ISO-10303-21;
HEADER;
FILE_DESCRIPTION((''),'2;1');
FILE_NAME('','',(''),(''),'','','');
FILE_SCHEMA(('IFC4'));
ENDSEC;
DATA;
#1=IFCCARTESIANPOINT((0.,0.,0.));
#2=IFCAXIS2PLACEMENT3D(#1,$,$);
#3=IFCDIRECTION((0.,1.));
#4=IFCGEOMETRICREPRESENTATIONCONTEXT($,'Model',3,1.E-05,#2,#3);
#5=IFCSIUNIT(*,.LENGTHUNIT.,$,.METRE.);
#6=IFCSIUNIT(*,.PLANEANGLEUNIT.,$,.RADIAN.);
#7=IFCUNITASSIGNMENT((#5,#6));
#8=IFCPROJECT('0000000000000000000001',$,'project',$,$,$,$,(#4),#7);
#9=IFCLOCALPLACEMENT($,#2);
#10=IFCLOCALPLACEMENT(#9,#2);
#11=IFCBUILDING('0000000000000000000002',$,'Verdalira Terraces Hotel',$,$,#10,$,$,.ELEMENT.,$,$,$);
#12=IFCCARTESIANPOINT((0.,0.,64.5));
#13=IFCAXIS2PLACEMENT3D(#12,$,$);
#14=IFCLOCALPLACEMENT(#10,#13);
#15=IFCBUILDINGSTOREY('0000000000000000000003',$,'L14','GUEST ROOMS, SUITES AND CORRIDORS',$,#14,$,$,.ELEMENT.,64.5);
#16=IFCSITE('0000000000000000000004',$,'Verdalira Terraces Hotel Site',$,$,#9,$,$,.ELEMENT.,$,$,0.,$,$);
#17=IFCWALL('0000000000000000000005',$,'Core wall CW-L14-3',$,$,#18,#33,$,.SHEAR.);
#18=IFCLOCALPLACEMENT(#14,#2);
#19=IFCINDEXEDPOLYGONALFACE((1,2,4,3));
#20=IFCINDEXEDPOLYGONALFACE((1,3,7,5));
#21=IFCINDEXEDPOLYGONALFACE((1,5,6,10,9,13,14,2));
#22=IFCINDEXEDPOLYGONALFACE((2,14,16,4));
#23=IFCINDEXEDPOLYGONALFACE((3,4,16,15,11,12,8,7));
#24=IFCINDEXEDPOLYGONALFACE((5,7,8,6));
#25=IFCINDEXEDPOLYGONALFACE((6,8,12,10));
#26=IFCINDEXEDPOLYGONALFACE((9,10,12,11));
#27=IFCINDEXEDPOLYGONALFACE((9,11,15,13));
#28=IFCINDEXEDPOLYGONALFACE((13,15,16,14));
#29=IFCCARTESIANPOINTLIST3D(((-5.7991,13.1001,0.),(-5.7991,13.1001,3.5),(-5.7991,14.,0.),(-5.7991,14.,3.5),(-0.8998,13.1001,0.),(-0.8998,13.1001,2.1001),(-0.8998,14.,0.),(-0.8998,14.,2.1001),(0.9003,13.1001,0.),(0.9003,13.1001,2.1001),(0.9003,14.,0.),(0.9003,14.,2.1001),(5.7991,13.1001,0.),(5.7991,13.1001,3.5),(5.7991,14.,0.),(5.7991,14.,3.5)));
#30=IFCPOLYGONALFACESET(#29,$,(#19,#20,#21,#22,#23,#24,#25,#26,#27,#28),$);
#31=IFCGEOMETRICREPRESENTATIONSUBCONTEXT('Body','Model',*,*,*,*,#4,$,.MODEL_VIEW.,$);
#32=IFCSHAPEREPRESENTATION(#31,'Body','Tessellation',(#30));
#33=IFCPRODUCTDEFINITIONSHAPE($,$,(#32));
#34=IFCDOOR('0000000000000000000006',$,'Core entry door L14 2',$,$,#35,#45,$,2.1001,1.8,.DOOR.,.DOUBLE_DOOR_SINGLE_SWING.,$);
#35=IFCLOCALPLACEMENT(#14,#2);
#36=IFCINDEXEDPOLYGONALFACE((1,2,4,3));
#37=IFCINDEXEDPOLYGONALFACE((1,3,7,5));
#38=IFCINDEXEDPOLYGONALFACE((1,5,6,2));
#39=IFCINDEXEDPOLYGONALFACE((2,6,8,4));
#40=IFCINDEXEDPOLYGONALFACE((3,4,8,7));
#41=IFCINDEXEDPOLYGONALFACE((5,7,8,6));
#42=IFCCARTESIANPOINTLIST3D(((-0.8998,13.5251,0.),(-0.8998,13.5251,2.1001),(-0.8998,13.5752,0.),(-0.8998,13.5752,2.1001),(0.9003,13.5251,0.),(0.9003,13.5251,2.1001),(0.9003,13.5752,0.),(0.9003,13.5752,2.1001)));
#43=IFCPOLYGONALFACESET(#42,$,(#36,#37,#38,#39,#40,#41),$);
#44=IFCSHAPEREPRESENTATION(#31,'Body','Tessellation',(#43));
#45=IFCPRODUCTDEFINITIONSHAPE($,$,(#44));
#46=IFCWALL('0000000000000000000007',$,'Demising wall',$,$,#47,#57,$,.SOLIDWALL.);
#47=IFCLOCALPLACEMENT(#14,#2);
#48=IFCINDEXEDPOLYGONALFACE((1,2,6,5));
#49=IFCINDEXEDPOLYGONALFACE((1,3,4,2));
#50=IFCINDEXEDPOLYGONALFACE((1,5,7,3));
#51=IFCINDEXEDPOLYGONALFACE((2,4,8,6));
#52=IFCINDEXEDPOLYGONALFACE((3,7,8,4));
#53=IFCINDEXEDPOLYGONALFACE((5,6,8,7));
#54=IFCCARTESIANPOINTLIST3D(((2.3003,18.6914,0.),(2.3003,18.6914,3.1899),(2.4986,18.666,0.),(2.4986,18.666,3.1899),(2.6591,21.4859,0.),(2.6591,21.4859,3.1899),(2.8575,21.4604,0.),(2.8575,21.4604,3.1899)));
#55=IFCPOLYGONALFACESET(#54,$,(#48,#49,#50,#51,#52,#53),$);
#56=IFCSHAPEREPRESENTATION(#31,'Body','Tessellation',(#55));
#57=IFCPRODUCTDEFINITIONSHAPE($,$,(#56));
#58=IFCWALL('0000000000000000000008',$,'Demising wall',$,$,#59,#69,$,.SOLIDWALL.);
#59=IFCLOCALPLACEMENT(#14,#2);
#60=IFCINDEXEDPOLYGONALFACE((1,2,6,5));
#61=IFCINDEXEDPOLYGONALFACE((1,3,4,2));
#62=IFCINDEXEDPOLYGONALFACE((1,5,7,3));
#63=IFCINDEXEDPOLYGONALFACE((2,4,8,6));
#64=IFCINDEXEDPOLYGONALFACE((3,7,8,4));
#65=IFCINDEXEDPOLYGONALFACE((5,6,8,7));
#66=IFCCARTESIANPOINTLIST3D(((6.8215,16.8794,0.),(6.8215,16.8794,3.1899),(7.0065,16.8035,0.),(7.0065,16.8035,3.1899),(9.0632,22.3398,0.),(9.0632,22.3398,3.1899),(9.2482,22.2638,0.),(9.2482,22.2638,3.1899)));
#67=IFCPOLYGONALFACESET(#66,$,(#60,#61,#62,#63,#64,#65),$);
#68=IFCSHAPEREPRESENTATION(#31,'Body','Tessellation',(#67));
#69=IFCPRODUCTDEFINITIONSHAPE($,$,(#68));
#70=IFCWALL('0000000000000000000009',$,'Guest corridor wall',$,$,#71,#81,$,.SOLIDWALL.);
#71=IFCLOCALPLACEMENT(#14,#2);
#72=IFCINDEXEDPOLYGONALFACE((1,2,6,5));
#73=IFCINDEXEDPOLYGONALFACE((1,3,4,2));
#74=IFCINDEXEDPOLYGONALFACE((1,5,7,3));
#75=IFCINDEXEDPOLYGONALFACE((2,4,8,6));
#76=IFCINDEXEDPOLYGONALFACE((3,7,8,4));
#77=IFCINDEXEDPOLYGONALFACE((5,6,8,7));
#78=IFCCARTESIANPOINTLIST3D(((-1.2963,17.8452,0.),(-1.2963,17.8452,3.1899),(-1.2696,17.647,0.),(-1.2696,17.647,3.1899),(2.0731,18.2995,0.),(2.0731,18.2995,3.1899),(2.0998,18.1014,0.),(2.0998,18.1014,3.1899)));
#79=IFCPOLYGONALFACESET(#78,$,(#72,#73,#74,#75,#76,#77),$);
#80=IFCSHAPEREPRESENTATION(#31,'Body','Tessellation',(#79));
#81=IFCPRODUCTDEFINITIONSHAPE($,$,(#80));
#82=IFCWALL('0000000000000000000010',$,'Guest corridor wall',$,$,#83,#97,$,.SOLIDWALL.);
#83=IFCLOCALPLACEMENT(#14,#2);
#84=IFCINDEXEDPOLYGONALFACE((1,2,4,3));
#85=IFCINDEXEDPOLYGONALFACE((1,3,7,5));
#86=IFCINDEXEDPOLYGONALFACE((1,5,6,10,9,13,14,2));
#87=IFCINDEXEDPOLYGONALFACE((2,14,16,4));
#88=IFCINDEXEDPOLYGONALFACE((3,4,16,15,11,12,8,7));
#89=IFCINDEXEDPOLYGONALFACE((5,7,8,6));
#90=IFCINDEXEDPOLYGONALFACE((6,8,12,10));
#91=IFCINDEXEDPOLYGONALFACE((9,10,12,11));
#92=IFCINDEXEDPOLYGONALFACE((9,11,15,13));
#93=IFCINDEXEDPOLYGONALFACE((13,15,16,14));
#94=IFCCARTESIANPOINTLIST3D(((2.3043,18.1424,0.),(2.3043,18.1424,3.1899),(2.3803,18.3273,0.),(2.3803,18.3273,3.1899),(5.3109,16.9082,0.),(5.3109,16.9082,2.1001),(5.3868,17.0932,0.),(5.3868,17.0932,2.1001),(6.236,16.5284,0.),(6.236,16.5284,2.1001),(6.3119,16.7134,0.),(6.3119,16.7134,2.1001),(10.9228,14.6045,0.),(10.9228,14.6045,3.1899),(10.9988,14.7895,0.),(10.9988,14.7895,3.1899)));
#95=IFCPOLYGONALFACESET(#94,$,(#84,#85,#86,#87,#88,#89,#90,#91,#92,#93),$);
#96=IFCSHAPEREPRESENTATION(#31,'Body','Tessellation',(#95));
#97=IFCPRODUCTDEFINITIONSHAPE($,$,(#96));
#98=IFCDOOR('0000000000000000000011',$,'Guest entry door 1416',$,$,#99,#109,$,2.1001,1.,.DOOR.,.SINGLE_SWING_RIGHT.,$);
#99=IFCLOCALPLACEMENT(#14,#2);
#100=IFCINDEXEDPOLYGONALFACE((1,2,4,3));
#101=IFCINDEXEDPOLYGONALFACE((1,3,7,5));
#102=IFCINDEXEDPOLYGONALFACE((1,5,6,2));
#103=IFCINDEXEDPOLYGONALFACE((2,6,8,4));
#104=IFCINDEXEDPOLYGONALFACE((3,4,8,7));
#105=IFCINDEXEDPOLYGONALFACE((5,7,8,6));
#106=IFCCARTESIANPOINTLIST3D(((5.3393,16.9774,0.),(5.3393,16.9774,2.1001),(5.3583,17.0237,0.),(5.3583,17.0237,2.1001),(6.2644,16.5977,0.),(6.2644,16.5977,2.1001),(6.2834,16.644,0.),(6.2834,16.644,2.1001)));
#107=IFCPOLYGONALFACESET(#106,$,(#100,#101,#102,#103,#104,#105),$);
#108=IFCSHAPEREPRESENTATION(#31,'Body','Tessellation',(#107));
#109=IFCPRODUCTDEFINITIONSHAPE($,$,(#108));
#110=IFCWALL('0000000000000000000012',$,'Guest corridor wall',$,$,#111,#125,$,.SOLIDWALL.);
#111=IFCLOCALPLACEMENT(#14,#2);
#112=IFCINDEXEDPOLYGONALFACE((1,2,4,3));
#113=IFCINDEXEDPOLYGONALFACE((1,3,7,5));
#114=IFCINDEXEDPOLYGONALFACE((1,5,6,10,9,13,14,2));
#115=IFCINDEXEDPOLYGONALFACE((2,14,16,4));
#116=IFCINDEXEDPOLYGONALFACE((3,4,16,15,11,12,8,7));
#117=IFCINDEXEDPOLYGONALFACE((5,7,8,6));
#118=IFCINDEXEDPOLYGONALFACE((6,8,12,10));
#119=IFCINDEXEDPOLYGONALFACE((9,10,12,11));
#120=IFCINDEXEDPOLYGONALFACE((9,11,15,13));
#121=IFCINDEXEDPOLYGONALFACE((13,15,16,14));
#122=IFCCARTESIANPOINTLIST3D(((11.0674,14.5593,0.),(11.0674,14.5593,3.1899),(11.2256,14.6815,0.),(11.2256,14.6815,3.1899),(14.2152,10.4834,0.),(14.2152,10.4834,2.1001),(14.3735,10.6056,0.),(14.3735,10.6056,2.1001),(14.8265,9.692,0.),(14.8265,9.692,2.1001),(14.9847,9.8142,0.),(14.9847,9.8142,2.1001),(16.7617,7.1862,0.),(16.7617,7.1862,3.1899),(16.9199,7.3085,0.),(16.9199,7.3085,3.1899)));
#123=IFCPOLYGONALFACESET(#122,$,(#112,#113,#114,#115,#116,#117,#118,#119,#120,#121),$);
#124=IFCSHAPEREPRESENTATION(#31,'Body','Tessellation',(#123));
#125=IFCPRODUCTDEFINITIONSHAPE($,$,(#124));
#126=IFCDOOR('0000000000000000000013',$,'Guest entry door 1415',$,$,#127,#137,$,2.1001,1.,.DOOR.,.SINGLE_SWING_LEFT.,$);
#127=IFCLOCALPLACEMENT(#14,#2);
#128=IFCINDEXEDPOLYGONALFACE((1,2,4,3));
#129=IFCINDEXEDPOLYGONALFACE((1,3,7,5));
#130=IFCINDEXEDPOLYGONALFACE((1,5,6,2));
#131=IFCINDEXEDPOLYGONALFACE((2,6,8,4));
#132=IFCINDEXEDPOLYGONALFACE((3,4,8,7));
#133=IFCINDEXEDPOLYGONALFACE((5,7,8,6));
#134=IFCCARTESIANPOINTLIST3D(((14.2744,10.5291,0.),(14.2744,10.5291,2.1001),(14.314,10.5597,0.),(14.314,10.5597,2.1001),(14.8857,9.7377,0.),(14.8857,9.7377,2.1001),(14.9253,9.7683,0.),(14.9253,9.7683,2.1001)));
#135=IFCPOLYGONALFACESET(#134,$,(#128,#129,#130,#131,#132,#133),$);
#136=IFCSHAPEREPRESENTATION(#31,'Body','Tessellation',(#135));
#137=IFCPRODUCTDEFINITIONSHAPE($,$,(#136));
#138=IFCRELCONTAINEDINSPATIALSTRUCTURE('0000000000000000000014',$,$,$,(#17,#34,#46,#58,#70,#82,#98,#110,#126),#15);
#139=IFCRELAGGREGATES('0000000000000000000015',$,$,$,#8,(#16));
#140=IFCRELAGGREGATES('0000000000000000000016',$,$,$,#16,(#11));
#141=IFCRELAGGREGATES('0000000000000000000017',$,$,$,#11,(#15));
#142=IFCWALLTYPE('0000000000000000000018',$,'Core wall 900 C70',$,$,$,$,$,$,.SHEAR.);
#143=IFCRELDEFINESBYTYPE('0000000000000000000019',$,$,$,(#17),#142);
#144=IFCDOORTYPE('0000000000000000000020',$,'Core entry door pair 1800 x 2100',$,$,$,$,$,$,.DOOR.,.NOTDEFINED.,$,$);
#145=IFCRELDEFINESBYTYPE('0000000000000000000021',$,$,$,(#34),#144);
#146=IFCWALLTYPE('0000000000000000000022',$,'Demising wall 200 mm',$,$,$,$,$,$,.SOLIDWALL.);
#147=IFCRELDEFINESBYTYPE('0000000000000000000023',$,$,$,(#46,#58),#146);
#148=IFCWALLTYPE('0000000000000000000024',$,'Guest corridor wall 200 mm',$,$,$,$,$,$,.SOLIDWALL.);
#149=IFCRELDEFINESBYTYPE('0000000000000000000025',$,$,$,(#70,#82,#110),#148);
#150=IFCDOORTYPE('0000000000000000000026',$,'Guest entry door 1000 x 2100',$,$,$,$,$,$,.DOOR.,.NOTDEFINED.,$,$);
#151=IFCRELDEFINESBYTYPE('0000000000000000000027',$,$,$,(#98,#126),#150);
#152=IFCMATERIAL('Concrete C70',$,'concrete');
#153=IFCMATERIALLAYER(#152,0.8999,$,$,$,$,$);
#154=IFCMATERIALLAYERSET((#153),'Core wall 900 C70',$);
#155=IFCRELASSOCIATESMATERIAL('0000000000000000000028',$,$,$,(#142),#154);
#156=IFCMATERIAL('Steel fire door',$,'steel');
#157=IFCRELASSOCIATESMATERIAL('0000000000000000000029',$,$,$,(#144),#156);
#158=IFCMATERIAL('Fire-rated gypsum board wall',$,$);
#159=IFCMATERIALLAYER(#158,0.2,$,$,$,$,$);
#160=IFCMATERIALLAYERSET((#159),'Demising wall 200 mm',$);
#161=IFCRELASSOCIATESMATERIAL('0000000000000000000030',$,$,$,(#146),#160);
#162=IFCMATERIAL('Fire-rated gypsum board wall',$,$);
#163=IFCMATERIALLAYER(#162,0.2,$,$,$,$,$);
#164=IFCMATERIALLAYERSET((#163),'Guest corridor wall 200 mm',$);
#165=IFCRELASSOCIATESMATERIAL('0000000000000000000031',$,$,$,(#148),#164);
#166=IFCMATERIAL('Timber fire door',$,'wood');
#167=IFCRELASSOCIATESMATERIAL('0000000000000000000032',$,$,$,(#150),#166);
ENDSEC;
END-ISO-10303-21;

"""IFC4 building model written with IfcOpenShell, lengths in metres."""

from ifc_helpers import new_model, si_unit, direction, frame, frame_2d, origin, place, context, subcontext, project, spatial, rectangle, extrude, material, layer, layer_set, type_object, element, fill, save


model = new_model("IFC4")

# Units and contexts
model_context = context("Model", 3, precision=1e-05, world=origin(), true_north=direction((0.0, 1.0)))
body_context = subcontext(model_context, "Body", "Model", "MODEL_VIEW")
ifc_project = project(units=[si_unit("LENGTHUNIT", "METRE"), si_unit("PLANEANGLEUNIT", "RADIAN")], contexts=[model_context])

# Site, building, storey
site_placement = place(None, origin())
site = spatial("IfcSite", under=ifc_project, at=site_placement, Name="Verdalira Terraces Hotel Site", CompositionType="ELEMENT", RefElevation=0.0)
building_placement = place(site_placement, origin())
building = spatial("IfcBuilding", under=site, at=building_placement, Name="Verdalira Terraces Hotel", CompositionType="ELEMENT")
storey_placement = place(building_placement, frame((0.0, 0.0, 64.5)))
storey = spatial("IfcBuildingStorey", under=building, at=storey_placement, Name="L14", Description="GUEST ROOMS, SUITES AND CORRIDORS", CompositionType="ELEMENT", Elevation=64.5)

# Wall, opening, door
ifc_material_1 = material(Name="Concrete C70", Category="concrete")
ifc_layer_1 = layer(ifc_material_1, 0.8999)
ifc_layer_set_1 = layer_set([ifc_layer_1], Name="Core wall 900 C70")
wall_type_1 = type_object("IfcWallType", Name="Core wall 900 C70", PredefinedType="SHEAR", material=ifc_layer_set_1)
wall_1_placement = place(storey_placement, frame((5.7991, 13.55, 0.0), z_axis=(0.0, 0.0, 1.0), x_axis=(-1.0, 0.0, 0.0)))
wall_1 = element("IfcWall", 1, at=wall_1_placement, inside=storey, type_object=wall_type_1, Name="Core wall CW-L14-3", PredefinedType="SHEAR", context=body_context, shape_type="SweptSolid", body=[
    extrude(rectangle(XDim=11.5981, YDim=0.8999, at=frame_2d((5.7991, 0.0))), origin(), (0.0, 0.0, 1.0), 3.5),
])
opening_1_placement = place(wall_1_placement, frame((4.8989, 0.0, 0.0)))
opening_1 = element("IfcOpeningElement", 2, at=opening_1_placement, cuts=wall_1, PredefinedType="OPENING", context=body_context, shape_type="SweptSolid", body=[
    extrude(rectangle(XDim=1.8, YDim=2.1001, at=frame_2d((0.8999, 1.05))), frame((0.0, 0.46, 0.0), z_axis=(0.0, -1.0, 0.0), x_axis=(1.0, 0.0, 0.0)), (0.0, 0.0, 1.0), 0.9199),
])
ifc_material_2 = material(Name="Steel fire door", Category="steel")
door_type_1 = type_object("IfcDoorType", Name="Core entry door pair 1800 x 2100", OperationType="NOTDEFINED", PredefinedType="DOOR", material=ifc_material_2)
door_1_placement = place(opening_1_placement, origin())
door_1 = element("IfcDoor", 3, at=door_1_placement, inside=storey, type_object=door_type_1, Name="Core entry door L14 2", OperationType="DOUBLE_DOOR_SINGLE_SWING", OverallHeight=2.1001, OverallWidth=1.8, PredefinedType="DOOR", context=body_context, shape_type="SweptSolid", body=[
    extrude(rectangle(XDim=1.8, YDim=2.1001, at=frame_2d((0.8999, 1.05))), frame((0.0, 0.0249, 0.0), z_axis=(0.0, -1.0, 0.0), x_axis=(1.0, 0.0, 0.0)), (0.0, 0.0, 1.0), 0.05),
])
fill(opening_1, door_1)

# Walls
ifc_material_3 = material(Name="Fire-rated gypsum board wall")
ifc_layer_2 = layer(ifc_material_3, 0.2)
ifc_layer_set_2 = layer_set([ifc_layer_2], Name="Demising wall 200 mm")
wall_type_2 = type_object("IfcWallType", Name="Demising wall 200 mm", PredefinedType="SOLIDWALL", material=ifc_layer_set_2)
wall_2_placement = place(storey_placement, frame((2.7583, 21.4731, 0.0), z_axis=(0.0, 0.0, 1.0), x_axis=(-0.127383, -0.991854, 0.0)))
element("IfcWall", 4, at=wall_2_placement, inside=storey, type_object=wall_type_2, Name="Demising wall", PredefinedType="SOLIDWALL", context=body_context, shape_type="SweptSolid", body=[
    extrude(rectangle(XDim=2.8174, YDim=0.2, at=frame_2d((1.4087, 0.0))), origin(), (0.0, 0.0, 1.0), 3.1899),
])
wall_3_placement = place(storey_placement, frame((6.9141, 16.8416, 0.0), z_axis=(0.0, 0.0, 1.0), x_axis=(0.379776, 0.925078, 0.0)))
element("IfcWall", 5, at=wall_3_placement, inside=storey, type_object=wall_type_2, Name="Demising wall", PredefinedType="SOLIDWALL", context=body_context, shape_type="SweptSolid", body=[
    extrude(rectangle(XDim=5.9026, YDim=0.2, at=frame_2d((2.9512, 0.0))), origin(), (0.0, 0.0, 1.0), 3.1899),
])
ifc_material_4 = material(Name="Fire-rated gypsum board wall")
ifc_layer_3 = layer(ifc_material_4, 0.2)
ifc_layer_set_3 = layer_set([ifc_layer_3], Name="Guest corridor wall 200 mm")
wall_type_3 = type_object("IfcWallType", Name="Guest corridor wall 200 mm", PredefinedType="SOLIDWALL", material=ifc_layer_set_3)
wall_4_placement = place(storey_placement, frame((2.0864, 18.2004, 0.0), z_axis=(0.0, 0.0, 1.0), x_axis=(-0.991031, -0.133636, 0.0)))
element("IfcWall", 6, at=wall_4_placement, inside=storey, type_object=wall_type_3, Name="Guest corridor wall", PredefinedType="SOLIDWALL", context=body_context, shape_type="SweptSolid", body=[
    extrude(rectangle(XDim=3.3999, YDim=0.2, at=frame_2d((1.7, 0.0))), origin(), (0.0, 0.0, 1.0), 3.1899),
])

# Walls, openings, doors
wall_5_placement = place(storey_placement, frame((2.3423, 18.2349, 0.0), z_axis=(0.0, 0.0, 1.0), x_axis=(0.92509, -0.379748, 0.0)))
wall_5 = element("IfcWall", 7, at=wall_5_placement, inside=storey, type_object=wall_type_3, Name="Guest corridor wall", PredefinedType="SOLIDWALL", context=body_context, shape_type="SweptSolid", body=[
    extrude(rectangle(XDim=9.3164, YDim=0.2, at=frame_2d((4.6582, 0.0))), origin(), (0.0, 0.0, 1.0), 3.1899),
])
opening_2_placement = place(wall_5_placement, frame((3.25, 0.0, 0.0)))
opening_2 = element("IfcOpeningElement", 8, at=opening_2_placement, cuts=wall_5, PredefinedType="OPENING", context=body_context, shape_type="SweptSolid", body=[
    extrude(rectangle(XDim=1.0, YDim=2.1001, at=frame_2d((0.5, 1.05))), frame((0.0, 0.1099, 0.0), z_axis=(0.0, -1.0, 0.0), x_axis=(1.0, 0.0, 0.0)), (0.0, 0.0, 1.0), 0.22),
])
ifc_material_5 = material(Name="Timber fire door", Category="wood")
door_type_2 = type_object("IfcDoorType", Name="Guest entry door 1000 x 2100", OperationType="NOTDEFINED", PredefinedType="DOOR", material=ifc_material_5)
door_2_placement = place(opening_2_placement, origin())
door_2 = element("IfcDoor", 9, at=door_2_placement, inside=storey, type_object=door_type_2, Name="Guest entry door 1416", OperationType="SINGLE_SWING_RIGHT", OverallHeight=2.1001, OverallWidth=1.0, PredefinedType="DOOR", context=body_context, shape_type="SweptSolid", body=[
    extrude(rectangle(XDim=1.0, YDim=2.1001, at=frame_2d((0.5, 1.05))), frame((0.0, 0.0249, 0.0), z_axis=(0.0, -1.0, 0.0), x_axis=(1.0, 0.0, 0.0)), (0.0, 0.0, 1.0), 0.05),
])
fill(opening_2, door_2)
wall_6_placement = place(storey_placement, frame((11.1465, 14.6204, 0.0), z_axis=(0.0, 0.0, 1.0), x_axis=(0.611245, -0.791442, 0.0)))
wall_6 = element("IfcWall", 10, at=wall_6_placement, inside=storey, type_object=wall_type_3, Name="Guest corridor wall", PredefinedType="SOLIDWALL", context=body_context, shape_type="SweptSolid", body=[
    extrude(rectangle(XDim=9.3159, YDim=0.2, at=frame_2d((4.658, 0.0))), origin(), (0.0, 0.0, 1.0), 3.1899),
])
opening_3_placement = place(wall_6_placement, frame((5.1499, 0.0, 0.0)))
opening_3 = element("IfcOpeningElement", 11, at=opening_3_placement, cuts=wall_6, PredefinedType="OPENING", context=body_context, shape_type="SweptSolid", body=[
    extrude(rectangle(XDim=1.0, YDim=2.1001, at=frame_2d((0.5, 1.05))), frame((0.0, 0.1099, 0.0), z_axis=(0.0, -1.0, 0.0), x_axis=(1.0, 0.0, 0.0)), (0.0, 0.0, 1.0), 0.22),
])
door_3_placement = place(opening_3_placement, origin())
door_3 = element("IfcDoor", 12, at=door_3_placement, inside=storey, type_object=door_type_2, Name="Guest entry door 1415", OperationType="SINGLE_SWING_LEFT", OverallHeight=2.1001, OverallWidth=1.0, PredefinedType="DOOR", context=body_context, shape_type="SweptSolid", body=[
    extrude(rectangle(XDim=1.0, YDim=2.1001, at=frame_2d((0.5, 1.05))), frame((0.0, 0.0249, 0.0), z_axis=(0.0, -1.0, 0.0), x_axis=(1.0, 0.0, 0.0)), (0.0, 0.0, 1.0), 0.05),
])
fill(opening_3, door_3)

save(model, "model.ifc")
